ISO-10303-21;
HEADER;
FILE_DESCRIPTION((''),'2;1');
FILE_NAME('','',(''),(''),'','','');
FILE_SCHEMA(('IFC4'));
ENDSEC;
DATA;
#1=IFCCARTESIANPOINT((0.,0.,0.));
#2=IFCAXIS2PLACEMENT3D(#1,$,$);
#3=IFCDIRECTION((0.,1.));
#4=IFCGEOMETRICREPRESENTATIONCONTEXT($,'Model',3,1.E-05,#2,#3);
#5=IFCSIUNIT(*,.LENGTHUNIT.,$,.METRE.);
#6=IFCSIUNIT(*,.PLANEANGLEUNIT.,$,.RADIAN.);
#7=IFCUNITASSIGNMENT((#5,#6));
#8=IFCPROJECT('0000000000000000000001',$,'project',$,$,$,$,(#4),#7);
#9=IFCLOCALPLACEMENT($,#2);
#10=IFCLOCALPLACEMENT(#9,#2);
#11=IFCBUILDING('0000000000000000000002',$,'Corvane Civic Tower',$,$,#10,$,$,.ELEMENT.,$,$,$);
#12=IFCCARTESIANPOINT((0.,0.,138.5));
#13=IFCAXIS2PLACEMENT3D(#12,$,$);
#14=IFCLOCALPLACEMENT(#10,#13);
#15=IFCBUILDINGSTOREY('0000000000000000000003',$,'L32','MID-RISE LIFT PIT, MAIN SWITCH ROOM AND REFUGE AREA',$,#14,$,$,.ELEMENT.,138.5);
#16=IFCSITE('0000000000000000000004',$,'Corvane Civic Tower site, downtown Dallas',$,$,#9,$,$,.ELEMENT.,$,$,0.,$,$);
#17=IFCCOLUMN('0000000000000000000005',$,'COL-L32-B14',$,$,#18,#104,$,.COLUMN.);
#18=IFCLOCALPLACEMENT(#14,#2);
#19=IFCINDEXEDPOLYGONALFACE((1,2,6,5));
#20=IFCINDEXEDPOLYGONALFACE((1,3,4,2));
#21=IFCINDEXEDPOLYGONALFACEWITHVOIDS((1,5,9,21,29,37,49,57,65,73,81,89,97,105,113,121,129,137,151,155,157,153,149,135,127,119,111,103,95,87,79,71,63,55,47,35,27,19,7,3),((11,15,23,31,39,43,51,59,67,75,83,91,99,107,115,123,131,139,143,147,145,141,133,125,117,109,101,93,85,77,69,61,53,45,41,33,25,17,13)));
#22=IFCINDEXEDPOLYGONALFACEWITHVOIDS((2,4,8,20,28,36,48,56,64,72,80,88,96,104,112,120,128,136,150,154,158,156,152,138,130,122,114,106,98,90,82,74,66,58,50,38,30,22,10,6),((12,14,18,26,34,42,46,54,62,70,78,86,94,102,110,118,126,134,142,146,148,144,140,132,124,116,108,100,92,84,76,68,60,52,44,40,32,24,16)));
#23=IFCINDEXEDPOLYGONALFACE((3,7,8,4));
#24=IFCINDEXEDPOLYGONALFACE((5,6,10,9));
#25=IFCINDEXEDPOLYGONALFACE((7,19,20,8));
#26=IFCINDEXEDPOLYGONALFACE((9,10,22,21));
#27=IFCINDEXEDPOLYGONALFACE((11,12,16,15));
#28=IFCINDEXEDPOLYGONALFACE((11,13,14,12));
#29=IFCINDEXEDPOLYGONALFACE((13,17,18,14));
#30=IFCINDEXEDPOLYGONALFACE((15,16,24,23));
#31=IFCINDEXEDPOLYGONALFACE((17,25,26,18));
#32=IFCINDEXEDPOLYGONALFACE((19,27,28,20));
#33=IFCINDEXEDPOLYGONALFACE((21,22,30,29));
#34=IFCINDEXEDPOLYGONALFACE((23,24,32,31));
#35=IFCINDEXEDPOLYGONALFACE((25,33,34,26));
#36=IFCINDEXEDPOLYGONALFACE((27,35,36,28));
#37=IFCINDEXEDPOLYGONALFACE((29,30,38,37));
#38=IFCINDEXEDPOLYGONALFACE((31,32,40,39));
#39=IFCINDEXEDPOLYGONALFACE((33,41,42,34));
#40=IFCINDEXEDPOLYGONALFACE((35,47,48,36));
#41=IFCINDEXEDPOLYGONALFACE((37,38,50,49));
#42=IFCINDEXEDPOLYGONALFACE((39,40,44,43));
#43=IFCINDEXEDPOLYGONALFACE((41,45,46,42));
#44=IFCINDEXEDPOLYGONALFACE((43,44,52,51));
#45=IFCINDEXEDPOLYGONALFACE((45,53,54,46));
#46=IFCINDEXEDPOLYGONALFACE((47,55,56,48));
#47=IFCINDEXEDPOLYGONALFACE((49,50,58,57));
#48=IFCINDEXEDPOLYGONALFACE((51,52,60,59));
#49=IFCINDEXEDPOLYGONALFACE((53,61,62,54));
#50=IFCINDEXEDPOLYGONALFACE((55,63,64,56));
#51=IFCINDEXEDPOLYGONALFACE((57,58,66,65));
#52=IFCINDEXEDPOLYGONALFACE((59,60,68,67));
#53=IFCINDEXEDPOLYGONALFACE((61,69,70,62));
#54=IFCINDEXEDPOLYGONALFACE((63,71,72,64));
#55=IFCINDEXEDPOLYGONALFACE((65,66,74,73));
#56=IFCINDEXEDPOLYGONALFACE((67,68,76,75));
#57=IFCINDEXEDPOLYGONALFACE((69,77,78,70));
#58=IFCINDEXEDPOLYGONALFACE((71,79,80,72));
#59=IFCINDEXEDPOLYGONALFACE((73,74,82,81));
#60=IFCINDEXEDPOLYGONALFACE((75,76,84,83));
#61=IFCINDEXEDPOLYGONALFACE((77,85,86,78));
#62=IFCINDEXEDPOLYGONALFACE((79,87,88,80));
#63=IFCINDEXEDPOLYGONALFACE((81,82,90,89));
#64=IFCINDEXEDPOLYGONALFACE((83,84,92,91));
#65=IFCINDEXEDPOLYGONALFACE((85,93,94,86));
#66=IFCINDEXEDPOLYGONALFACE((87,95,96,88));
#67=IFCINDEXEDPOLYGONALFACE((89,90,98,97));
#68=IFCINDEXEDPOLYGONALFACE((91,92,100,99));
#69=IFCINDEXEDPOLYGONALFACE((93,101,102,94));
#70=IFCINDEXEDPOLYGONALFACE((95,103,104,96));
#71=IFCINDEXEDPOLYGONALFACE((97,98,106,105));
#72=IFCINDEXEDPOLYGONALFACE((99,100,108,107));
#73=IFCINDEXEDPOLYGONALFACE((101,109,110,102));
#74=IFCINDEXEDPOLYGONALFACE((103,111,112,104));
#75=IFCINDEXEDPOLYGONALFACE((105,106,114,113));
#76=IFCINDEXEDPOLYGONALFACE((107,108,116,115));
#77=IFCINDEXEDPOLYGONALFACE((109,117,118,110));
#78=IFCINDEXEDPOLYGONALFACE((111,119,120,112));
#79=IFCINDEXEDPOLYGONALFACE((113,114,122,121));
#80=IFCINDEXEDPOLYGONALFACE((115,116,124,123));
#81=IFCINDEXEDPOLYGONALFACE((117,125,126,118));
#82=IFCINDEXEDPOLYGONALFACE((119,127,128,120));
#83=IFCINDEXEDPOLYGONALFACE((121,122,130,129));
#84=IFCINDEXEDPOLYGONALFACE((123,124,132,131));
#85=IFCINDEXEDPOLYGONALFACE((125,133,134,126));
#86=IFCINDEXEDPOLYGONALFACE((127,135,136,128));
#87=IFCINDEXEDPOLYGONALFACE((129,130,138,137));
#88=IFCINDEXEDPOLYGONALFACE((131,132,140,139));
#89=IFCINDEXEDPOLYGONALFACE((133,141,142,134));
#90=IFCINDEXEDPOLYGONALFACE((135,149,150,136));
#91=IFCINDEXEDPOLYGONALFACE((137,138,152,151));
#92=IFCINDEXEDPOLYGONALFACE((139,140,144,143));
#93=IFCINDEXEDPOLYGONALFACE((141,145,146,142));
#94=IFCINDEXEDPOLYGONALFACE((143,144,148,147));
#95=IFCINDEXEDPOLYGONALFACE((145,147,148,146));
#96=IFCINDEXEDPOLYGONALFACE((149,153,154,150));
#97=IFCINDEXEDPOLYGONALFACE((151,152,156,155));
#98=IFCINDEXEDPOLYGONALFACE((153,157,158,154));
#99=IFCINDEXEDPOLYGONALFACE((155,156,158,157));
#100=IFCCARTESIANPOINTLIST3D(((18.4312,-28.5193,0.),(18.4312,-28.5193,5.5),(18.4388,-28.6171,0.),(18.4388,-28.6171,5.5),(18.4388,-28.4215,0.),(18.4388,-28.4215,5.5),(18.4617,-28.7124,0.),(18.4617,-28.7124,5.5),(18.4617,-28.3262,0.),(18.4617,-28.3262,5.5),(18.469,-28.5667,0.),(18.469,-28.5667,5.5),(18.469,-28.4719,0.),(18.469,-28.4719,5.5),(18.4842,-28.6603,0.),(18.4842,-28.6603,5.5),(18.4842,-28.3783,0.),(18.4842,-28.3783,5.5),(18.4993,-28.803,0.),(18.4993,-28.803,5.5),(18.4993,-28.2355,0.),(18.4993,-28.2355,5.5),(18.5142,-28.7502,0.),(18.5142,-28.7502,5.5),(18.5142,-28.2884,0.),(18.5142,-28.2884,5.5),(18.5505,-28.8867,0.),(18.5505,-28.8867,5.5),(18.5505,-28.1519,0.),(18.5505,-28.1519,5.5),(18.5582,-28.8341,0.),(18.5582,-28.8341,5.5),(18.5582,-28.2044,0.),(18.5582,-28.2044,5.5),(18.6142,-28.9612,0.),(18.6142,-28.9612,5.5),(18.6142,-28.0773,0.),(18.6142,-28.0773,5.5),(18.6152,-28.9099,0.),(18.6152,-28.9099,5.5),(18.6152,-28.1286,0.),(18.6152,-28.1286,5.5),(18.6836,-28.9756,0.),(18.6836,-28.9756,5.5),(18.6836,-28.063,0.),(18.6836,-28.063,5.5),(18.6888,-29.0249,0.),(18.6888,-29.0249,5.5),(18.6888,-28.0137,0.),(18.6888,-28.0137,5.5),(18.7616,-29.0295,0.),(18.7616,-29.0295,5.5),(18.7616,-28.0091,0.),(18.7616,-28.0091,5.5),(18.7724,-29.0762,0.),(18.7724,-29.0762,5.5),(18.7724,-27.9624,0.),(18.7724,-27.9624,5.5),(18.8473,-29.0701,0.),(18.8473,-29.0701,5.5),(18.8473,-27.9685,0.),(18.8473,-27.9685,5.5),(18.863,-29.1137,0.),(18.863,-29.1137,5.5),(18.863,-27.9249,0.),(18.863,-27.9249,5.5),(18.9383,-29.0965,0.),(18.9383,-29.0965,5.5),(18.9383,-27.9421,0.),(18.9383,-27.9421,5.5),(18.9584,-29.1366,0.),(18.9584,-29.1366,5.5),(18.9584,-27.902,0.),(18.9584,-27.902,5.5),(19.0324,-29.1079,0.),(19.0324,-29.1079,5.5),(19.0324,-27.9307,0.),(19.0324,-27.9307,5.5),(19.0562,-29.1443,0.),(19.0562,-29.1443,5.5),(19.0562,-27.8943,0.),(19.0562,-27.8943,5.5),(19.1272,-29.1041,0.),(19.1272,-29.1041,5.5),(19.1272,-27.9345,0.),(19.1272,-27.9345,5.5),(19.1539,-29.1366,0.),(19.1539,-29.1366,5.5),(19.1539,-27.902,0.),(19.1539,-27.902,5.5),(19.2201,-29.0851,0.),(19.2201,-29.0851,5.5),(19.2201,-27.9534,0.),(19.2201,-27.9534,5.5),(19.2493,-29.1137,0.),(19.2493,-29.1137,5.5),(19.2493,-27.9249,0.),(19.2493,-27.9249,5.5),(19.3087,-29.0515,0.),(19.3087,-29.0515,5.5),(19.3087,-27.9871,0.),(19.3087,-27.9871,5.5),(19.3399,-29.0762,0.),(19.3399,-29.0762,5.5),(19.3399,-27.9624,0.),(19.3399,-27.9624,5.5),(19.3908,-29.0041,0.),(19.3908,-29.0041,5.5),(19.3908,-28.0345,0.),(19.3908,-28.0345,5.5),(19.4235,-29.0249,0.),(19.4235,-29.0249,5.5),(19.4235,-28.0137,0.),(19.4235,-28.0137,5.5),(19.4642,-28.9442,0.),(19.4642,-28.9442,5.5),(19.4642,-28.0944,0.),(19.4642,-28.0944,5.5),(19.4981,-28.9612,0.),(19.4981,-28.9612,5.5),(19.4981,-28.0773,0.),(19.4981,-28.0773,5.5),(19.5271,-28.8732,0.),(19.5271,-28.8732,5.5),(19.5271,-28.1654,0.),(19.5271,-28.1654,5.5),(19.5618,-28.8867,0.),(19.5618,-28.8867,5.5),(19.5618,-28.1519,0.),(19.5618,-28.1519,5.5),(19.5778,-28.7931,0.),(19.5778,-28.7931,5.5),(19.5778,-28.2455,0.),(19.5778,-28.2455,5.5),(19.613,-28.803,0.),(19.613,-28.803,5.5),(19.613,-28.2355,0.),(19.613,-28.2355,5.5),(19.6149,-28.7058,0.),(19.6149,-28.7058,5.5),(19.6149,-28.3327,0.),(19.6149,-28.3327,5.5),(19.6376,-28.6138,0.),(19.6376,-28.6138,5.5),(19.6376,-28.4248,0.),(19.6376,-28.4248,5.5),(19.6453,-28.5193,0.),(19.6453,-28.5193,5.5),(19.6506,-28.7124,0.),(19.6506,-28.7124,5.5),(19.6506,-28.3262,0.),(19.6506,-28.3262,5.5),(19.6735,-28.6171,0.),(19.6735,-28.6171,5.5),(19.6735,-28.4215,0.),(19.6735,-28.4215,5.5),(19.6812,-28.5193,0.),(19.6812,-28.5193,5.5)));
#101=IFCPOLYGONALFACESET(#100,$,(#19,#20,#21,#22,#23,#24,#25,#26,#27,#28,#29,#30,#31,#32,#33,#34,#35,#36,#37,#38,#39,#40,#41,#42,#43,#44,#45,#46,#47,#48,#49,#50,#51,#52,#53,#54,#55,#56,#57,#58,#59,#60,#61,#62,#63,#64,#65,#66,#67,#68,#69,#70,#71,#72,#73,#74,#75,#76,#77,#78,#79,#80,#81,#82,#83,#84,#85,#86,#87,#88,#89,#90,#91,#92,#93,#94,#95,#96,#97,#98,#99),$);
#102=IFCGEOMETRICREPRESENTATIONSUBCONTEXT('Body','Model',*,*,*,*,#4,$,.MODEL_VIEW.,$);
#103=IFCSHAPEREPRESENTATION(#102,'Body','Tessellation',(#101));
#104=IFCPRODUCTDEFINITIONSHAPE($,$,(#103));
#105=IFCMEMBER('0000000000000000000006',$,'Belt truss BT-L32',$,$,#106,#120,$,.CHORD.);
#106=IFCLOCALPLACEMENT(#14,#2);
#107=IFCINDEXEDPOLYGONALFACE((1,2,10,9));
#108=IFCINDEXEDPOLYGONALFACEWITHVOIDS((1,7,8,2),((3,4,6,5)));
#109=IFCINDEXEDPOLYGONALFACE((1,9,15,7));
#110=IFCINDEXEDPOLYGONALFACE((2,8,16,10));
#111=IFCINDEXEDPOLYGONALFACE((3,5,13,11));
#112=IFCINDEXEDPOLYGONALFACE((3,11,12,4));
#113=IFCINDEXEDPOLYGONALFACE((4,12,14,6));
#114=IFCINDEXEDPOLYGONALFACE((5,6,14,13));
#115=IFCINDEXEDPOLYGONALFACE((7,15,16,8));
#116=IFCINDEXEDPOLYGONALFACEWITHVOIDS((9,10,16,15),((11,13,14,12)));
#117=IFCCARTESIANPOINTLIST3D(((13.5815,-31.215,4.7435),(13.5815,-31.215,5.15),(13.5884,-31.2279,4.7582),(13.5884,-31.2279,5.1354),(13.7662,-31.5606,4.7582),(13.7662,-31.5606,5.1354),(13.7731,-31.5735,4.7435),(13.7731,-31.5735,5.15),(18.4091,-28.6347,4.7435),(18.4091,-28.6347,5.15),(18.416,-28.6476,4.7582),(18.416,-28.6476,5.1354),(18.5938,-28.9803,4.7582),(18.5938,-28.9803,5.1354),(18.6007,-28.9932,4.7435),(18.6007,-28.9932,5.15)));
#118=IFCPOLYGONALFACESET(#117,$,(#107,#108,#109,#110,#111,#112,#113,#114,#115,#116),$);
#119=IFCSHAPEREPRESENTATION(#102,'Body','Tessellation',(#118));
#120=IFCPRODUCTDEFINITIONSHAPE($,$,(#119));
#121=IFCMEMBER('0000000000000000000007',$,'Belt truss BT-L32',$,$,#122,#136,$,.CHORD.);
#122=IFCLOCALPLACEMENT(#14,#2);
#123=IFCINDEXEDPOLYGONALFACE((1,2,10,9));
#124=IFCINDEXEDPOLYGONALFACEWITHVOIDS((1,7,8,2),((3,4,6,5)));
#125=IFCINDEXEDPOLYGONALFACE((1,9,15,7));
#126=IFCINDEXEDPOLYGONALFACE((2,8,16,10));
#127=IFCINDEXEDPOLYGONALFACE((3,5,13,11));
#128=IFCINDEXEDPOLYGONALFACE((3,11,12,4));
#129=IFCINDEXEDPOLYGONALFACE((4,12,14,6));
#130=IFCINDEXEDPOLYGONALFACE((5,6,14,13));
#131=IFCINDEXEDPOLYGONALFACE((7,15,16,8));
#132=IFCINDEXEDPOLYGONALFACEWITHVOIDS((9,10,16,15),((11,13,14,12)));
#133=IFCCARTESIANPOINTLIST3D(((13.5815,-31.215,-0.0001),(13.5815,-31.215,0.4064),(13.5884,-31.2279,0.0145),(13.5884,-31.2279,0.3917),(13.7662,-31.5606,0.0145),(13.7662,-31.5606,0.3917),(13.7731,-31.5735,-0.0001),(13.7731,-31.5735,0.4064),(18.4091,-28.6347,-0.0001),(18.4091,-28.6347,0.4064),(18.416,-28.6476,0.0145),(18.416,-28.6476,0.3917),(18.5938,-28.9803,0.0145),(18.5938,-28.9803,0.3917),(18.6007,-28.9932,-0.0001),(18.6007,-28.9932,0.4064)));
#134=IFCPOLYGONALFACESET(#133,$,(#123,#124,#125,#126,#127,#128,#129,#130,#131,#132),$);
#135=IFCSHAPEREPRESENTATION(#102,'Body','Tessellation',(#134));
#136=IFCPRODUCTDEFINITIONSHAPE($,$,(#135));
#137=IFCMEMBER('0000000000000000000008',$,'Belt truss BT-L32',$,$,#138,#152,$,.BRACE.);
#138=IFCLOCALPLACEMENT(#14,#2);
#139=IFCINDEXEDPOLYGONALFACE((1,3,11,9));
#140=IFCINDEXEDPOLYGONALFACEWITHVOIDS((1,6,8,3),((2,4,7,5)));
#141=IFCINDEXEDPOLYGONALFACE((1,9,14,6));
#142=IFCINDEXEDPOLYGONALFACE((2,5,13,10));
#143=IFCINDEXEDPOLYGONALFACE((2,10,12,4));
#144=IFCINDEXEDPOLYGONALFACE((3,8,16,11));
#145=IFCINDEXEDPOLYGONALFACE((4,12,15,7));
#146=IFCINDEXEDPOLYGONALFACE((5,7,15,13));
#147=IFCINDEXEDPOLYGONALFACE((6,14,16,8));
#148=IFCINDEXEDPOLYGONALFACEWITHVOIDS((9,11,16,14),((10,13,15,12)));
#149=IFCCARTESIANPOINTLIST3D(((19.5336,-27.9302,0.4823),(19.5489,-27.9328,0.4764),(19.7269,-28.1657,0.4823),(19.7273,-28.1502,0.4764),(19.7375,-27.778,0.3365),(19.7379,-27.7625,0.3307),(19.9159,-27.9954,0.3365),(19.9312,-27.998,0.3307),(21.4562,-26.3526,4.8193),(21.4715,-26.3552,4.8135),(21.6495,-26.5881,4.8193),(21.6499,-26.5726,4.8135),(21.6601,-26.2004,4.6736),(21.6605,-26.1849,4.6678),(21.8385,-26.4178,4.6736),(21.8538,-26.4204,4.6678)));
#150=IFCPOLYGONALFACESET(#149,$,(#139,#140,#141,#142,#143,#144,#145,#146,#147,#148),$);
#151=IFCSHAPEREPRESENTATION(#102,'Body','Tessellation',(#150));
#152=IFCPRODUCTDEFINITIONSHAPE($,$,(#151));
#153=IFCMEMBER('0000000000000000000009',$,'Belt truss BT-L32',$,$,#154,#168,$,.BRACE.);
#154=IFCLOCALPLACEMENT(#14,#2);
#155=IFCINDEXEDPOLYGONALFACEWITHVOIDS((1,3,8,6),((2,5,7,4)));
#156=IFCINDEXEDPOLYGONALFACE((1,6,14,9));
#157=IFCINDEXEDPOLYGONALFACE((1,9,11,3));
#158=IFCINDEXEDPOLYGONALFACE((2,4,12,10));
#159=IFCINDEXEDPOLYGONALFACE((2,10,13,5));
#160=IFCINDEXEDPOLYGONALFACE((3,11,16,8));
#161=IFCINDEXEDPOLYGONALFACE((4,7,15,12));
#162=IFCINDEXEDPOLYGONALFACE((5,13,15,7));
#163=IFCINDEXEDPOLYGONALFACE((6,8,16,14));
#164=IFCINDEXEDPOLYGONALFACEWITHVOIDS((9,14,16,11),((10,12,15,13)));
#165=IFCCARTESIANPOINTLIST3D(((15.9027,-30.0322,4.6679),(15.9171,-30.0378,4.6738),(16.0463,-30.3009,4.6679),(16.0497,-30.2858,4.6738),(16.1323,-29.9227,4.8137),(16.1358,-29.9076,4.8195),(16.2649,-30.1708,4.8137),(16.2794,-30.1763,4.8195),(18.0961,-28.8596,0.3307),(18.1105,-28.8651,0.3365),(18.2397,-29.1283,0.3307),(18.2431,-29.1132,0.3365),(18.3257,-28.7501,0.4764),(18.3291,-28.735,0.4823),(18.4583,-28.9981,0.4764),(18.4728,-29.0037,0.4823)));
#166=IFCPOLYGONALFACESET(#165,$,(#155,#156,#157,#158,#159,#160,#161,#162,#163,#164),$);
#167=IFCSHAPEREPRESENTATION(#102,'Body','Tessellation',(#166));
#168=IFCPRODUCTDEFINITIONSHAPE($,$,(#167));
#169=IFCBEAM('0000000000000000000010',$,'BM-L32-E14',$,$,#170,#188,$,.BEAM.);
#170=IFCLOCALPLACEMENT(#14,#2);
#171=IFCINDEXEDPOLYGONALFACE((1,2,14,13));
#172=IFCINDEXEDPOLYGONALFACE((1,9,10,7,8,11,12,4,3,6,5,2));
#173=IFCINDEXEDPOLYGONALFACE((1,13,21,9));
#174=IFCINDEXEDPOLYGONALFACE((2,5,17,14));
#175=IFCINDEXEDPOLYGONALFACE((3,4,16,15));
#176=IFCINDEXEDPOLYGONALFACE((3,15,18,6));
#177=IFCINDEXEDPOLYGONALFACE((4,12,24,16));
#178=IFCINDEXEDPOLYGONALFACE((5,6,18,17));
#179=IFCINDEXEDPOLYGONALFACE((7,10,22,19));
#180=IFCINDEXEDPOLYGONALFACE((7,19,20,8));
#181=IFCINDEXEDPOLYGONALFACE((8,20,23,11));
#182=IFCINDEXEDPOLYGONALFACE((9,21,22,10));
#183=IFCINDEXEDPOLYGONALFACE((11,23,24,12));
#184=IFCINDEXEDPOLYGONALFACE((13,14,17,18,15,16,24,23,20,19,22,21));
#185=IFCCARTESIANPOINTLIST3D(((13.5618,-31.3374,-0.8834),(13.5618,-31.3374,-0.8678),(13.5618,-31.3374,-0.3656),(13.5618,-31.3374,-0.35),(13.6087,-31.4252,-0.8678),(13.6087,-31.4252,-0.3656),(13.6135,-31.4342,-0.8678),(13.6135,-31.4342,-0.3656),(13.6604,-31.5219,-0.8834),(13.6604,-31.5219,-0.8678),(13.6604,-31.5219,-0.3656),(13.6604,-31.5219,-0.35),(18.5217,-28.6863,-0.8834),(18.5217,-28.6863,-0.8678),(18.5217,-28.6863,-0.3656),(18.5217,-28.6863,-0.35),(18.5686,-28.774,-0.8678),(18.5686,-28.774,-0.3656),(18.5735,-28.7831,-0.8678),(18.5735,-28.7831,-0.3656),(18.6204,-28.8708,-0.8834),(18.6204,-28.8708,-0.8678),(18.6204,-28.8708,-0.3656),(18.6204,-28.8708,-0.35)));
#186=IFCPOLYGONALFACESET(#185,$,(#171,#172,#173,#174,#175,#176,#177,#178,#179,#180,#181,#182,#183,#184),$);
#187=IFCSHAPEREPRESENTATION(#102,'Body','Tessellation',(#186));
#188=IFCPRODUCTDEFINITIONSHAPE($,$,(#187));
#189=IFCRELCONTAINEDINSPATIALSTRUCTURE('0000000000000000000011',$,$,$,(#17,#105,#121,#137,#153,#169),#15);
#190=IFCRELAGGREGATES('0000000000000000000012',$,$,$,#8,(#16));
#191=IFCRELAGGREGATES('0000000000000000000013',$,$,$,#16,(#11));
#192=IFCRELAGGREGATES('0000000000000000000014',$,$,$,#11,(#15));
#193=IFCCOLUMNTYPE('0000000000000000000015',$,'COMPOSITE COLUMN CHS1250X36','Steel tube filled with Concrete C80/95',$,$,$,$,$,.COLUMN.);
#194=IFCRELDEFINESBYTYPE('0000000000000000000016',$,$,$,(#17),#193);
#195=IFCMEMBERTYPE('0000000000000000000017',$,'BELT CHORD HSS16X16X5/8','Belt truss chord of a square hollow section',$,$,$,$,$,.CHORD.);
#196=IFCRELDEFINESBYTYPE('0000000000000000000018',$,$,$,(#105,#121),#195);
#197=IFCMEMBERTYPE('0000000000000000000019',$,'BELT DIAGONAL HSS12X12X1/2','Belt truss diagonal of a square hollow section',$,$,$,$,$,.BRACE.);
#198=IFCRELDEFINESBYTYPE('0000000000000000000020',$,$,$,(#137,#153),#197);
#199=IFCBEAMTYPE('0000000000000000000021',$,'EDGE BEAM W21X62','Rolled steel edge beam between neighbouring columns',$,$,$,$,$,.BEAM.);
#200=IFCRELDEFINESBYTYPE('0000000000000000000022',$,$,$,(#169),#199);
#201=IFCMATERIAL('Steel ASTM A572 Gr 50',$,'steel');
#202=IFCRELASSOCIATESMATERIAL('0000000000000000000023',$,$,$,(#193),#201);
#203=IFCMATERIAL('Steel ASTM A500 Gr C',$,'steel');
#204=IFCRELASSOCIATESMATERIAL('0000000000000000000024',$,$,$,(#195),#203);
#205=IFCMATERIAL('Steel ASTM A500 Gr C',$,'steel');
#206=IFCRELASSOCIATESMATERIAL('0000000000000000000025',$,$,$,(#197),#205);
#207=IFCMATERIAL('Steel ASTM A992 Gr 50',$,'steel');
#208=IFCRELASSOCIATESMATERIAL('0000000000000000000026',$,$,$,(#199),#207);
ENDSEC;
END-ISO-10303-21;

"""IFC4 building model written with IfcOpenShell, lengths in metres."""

from ifc_helpers import new_model, si_unit, direction, frame, origin, origin_2d, place, context, subcontext, project, spatial, hollow_rectangle, hollow_circle, i_section, extrude, material, material_profile, profile_set, type_object, element, save


model = new_model("IFC4")

# Units and contexts
model_context = context("Model", 3, precision=1e-05, world=origin(), true_north=direction((0.0, 1.0)))
body_context = subcontext(model_context, "Body", "Model", "MODEL_VIEW")
ifc_project = project(units=[si_unit("LENGTHUNIT", "METRE"), si_unit("PLANEANGLEUNIT", "RADIAN")], contexts=[model_context])

# Site, building, storey
site_placement = place(None, origin())
site = spatial("IfcSite", under=ifc_project, at=site_placement, Name="Corvane Civic Tower site, downtown Dallas", CompositionType="ELEMENT", RefElevation=0.0)
building_placement = place(site_placement, origin())
building = spatial("IfcBuilding", under=site, at=building_placement, Name="Corvane Civic Tower", CompositionType="ELEMENT")
storey_placement = place(building_placement, frame((0.0, 0.0, 138.5)))
storey = spatial("IfcBuildingStorey", under=building, at=storey_placement, Name="L32", Description="MID-RISE LIFT PIT, MAIN SWITCH ROOM AND REFUGE AREA", CompositionType="ELEMENT", Elevation=138.5)

# Column
ifc_material_1 = material(Name="Steel ASTM A572 Gr 50", Category="steel")
ifc_material_profile_1 = material_profile(ifc_material_1, hollow_circle(Radius=0.625, WallThickness=0.0359, at=origin_2d()), Name="CHS1250X36")
ifc_profile_set_1 = profile_set([ifc_material_profile_1], Name="Steel ASTM A572 Gr 50")
column_type_1 = type_object("IfcColumnType", Name="COMPOSITE COLUMN CHS1250X36", Description="Steel tube filled with Concrete C80/95", PredefinedType="COLUMN", material=ifc_profile_set_1)
column_placement = place(storey_placement, frame((19.0562, -28.5193, 0.0), z_axis=(0.0, 0.0, 1.0), x_axis=(1.0, 0.0, 0.0)))
element("IfcColumn", 1, at=column_placement, inside=storey, type_object=column_type_1, Name="COL-L32-B14", PredefinedType="COLUMN", context=body_context, shape_type="SweptSolid", body=[
    extrude(hollow_circle(Radius=0.625, WallThickness=0.0359, at=origin_2d()), origin(), (0.0, 0.0, 1.0), 5.5),
])

# Members
ifc_material_2 = material(Name="Steel ASTM A500 Gr C", Category="steel")
ifc_material_profile_2 = material_profile(ifc_material_2, hollow_rectangle(XDim=0.4065, YDim=0.4065, WallThickness=0.0146, at=origin_2d()), Name="HSS16X16X5/8")
ifc_profile_set_2 = profile_set([ifc_material_profile_2], Name="Steel ASTM A500 Gr C")
member_type_1 = type_object("IfcMemberType", Name="BELT CHORD HSS16X16X5/8", Description="Belt truss chord of a square hollow section", PredefinedType="CHORD", material=ifc_profile_set_2)
for number, where, z_axis, x_axis, name in (
    (2, (18.5049, -28.814, 4.9468), (-0.881929, -0.471382, 0.0), (0.471382, -0.881929, 0.0), "Belt truss BT-L32"),
    (3, (18.5049, -28.814, 0.2031), (-0.881929, -0.471382, 0.0), (0.471382, -0.881929, 0.0), "Belt truss BT-L32"),
):
    element("IfcMember", number, at=place(storey_placement, frame(where, z_axis=z_axis, x_axis=x_axis)), inside=storey, type_object=member_type_1, Name=name, PredefinedType="CHORD", context=body_context, shape_type="SweptSolid", body=[
        extrude(hollow_rectangle(XDim=0.4065, YDim=0.4065, WallThickness=0.0146, at=origin_2d()), origin(), (0.0, 0.0, 1.0), 5.4739),
    ])
ifc_material_3 = material(Name="Steel ASTM A500 Gr C", Category="steel")
ifc_material_profile_3 = material_profile(ifc_material_3, hollow_rectangle(XDim=0.3047, YDim=0.3047, WallThickness=0.0117, at=origin_2d()), Name="HSS12X12X1/2")
ifc_profile_set_3 = profile_set([ifc_material_profile_3], Name="Steel ASTM A500 Gr C")
member_type_2 = type_object("IfcMemberType", Name="BELT DIAGONAL HSS12X12X1/2", Description="Belt truss diagonal of a square hollow section", PredefinedType="BRACE", material=ifc_profile_set_3)
member_1_placement = place(storey_placement, frame((19.7324, -27.9641, 0.4065), z_axis=(0.38455, 0.315551, 0.867496), x_axis=(-0.634344, 0.773051, 0.0)))
element("IfcMember", 4, at=member_1_placement, inside=storey, type_object=member_type_2, Name="Belt truss BT-L32", PredefinedType="BRACE", context=body_context, shape_type="SweptSolid", body=[
    extrude(hollow_rectangle(XDim=0.3047, YDim=0.3047, WallThickness=0.0117, at=origin_2d()), origin(), (0.0, 0.0, 1.0), 4.9995),
])
member_2_placement = place(storey_placement, frame((18.2844, -28.9316, 0.4065), z_axis=(-0.4387, -0.234537, 0.867488), x_axis=(0.471469, -0.881882, 0.0)))
element("IfcMember", 5, at=member_2_placement, inside=storey, type_object=member_type_2, Name="Belt truss BT-L32", PredefinedType="BRACE", context=body_context, shape_type="SweptSolid", body=[
    extrude(hollow_rectangle(XDim=0.3047, YDim=0.3047, WallThickness=0.0117, at=origin_2d()), origin(), (0.0, 0.0, 1.0), 4.9998),
])

# Beam
ifc_material_4 = material(Name="Steel ASTM A992 Gr 50", Category="steel")
ifc_material_profile_4 = material_profile(ifc_material_4, i_section(OverallWidth=0.2092, OverallDepth=0.5334, WebThickness=0.0103, FlangeThickness=0.0156, at=origin_2d()), Name="W21X62")
ifc_profile_set_4 = profile_set([ifc_material_profile_4], Name="Steel ASTM A992 Gr 50")
beam_type = type_object("IfcBeamType", Name="EDGE BEAM W21X62", Description="Rolled steel edge beam between neighbouring columns", PredefinedType="BEAM", material=ifc_profile_set_4)
beam_placement = place(storey_placement, frame((18.571, -28.7786, -0.6167), z_axis=(-0.881924, -0.471392, 0.0), x_axis=(0.471392, -0.881924, 0.0)))
element("IfcBeam", 6, at=beam_placement, inside=storey, type_object=beam_type, Name="BM-L32-E14", PredefinedType="BEAM", context=body_context, shape_type="SweptSolid", body=[
    extrude(i_section(OverallWidth=0.2092, OverallDepth=0.5334, WebThickness=0.0103, FlangeThickness=0.0156, at=origin_2d()), origin(), (0.0, 0.0, 1.0), 5.624),
])

save(model, "model.ifc")
